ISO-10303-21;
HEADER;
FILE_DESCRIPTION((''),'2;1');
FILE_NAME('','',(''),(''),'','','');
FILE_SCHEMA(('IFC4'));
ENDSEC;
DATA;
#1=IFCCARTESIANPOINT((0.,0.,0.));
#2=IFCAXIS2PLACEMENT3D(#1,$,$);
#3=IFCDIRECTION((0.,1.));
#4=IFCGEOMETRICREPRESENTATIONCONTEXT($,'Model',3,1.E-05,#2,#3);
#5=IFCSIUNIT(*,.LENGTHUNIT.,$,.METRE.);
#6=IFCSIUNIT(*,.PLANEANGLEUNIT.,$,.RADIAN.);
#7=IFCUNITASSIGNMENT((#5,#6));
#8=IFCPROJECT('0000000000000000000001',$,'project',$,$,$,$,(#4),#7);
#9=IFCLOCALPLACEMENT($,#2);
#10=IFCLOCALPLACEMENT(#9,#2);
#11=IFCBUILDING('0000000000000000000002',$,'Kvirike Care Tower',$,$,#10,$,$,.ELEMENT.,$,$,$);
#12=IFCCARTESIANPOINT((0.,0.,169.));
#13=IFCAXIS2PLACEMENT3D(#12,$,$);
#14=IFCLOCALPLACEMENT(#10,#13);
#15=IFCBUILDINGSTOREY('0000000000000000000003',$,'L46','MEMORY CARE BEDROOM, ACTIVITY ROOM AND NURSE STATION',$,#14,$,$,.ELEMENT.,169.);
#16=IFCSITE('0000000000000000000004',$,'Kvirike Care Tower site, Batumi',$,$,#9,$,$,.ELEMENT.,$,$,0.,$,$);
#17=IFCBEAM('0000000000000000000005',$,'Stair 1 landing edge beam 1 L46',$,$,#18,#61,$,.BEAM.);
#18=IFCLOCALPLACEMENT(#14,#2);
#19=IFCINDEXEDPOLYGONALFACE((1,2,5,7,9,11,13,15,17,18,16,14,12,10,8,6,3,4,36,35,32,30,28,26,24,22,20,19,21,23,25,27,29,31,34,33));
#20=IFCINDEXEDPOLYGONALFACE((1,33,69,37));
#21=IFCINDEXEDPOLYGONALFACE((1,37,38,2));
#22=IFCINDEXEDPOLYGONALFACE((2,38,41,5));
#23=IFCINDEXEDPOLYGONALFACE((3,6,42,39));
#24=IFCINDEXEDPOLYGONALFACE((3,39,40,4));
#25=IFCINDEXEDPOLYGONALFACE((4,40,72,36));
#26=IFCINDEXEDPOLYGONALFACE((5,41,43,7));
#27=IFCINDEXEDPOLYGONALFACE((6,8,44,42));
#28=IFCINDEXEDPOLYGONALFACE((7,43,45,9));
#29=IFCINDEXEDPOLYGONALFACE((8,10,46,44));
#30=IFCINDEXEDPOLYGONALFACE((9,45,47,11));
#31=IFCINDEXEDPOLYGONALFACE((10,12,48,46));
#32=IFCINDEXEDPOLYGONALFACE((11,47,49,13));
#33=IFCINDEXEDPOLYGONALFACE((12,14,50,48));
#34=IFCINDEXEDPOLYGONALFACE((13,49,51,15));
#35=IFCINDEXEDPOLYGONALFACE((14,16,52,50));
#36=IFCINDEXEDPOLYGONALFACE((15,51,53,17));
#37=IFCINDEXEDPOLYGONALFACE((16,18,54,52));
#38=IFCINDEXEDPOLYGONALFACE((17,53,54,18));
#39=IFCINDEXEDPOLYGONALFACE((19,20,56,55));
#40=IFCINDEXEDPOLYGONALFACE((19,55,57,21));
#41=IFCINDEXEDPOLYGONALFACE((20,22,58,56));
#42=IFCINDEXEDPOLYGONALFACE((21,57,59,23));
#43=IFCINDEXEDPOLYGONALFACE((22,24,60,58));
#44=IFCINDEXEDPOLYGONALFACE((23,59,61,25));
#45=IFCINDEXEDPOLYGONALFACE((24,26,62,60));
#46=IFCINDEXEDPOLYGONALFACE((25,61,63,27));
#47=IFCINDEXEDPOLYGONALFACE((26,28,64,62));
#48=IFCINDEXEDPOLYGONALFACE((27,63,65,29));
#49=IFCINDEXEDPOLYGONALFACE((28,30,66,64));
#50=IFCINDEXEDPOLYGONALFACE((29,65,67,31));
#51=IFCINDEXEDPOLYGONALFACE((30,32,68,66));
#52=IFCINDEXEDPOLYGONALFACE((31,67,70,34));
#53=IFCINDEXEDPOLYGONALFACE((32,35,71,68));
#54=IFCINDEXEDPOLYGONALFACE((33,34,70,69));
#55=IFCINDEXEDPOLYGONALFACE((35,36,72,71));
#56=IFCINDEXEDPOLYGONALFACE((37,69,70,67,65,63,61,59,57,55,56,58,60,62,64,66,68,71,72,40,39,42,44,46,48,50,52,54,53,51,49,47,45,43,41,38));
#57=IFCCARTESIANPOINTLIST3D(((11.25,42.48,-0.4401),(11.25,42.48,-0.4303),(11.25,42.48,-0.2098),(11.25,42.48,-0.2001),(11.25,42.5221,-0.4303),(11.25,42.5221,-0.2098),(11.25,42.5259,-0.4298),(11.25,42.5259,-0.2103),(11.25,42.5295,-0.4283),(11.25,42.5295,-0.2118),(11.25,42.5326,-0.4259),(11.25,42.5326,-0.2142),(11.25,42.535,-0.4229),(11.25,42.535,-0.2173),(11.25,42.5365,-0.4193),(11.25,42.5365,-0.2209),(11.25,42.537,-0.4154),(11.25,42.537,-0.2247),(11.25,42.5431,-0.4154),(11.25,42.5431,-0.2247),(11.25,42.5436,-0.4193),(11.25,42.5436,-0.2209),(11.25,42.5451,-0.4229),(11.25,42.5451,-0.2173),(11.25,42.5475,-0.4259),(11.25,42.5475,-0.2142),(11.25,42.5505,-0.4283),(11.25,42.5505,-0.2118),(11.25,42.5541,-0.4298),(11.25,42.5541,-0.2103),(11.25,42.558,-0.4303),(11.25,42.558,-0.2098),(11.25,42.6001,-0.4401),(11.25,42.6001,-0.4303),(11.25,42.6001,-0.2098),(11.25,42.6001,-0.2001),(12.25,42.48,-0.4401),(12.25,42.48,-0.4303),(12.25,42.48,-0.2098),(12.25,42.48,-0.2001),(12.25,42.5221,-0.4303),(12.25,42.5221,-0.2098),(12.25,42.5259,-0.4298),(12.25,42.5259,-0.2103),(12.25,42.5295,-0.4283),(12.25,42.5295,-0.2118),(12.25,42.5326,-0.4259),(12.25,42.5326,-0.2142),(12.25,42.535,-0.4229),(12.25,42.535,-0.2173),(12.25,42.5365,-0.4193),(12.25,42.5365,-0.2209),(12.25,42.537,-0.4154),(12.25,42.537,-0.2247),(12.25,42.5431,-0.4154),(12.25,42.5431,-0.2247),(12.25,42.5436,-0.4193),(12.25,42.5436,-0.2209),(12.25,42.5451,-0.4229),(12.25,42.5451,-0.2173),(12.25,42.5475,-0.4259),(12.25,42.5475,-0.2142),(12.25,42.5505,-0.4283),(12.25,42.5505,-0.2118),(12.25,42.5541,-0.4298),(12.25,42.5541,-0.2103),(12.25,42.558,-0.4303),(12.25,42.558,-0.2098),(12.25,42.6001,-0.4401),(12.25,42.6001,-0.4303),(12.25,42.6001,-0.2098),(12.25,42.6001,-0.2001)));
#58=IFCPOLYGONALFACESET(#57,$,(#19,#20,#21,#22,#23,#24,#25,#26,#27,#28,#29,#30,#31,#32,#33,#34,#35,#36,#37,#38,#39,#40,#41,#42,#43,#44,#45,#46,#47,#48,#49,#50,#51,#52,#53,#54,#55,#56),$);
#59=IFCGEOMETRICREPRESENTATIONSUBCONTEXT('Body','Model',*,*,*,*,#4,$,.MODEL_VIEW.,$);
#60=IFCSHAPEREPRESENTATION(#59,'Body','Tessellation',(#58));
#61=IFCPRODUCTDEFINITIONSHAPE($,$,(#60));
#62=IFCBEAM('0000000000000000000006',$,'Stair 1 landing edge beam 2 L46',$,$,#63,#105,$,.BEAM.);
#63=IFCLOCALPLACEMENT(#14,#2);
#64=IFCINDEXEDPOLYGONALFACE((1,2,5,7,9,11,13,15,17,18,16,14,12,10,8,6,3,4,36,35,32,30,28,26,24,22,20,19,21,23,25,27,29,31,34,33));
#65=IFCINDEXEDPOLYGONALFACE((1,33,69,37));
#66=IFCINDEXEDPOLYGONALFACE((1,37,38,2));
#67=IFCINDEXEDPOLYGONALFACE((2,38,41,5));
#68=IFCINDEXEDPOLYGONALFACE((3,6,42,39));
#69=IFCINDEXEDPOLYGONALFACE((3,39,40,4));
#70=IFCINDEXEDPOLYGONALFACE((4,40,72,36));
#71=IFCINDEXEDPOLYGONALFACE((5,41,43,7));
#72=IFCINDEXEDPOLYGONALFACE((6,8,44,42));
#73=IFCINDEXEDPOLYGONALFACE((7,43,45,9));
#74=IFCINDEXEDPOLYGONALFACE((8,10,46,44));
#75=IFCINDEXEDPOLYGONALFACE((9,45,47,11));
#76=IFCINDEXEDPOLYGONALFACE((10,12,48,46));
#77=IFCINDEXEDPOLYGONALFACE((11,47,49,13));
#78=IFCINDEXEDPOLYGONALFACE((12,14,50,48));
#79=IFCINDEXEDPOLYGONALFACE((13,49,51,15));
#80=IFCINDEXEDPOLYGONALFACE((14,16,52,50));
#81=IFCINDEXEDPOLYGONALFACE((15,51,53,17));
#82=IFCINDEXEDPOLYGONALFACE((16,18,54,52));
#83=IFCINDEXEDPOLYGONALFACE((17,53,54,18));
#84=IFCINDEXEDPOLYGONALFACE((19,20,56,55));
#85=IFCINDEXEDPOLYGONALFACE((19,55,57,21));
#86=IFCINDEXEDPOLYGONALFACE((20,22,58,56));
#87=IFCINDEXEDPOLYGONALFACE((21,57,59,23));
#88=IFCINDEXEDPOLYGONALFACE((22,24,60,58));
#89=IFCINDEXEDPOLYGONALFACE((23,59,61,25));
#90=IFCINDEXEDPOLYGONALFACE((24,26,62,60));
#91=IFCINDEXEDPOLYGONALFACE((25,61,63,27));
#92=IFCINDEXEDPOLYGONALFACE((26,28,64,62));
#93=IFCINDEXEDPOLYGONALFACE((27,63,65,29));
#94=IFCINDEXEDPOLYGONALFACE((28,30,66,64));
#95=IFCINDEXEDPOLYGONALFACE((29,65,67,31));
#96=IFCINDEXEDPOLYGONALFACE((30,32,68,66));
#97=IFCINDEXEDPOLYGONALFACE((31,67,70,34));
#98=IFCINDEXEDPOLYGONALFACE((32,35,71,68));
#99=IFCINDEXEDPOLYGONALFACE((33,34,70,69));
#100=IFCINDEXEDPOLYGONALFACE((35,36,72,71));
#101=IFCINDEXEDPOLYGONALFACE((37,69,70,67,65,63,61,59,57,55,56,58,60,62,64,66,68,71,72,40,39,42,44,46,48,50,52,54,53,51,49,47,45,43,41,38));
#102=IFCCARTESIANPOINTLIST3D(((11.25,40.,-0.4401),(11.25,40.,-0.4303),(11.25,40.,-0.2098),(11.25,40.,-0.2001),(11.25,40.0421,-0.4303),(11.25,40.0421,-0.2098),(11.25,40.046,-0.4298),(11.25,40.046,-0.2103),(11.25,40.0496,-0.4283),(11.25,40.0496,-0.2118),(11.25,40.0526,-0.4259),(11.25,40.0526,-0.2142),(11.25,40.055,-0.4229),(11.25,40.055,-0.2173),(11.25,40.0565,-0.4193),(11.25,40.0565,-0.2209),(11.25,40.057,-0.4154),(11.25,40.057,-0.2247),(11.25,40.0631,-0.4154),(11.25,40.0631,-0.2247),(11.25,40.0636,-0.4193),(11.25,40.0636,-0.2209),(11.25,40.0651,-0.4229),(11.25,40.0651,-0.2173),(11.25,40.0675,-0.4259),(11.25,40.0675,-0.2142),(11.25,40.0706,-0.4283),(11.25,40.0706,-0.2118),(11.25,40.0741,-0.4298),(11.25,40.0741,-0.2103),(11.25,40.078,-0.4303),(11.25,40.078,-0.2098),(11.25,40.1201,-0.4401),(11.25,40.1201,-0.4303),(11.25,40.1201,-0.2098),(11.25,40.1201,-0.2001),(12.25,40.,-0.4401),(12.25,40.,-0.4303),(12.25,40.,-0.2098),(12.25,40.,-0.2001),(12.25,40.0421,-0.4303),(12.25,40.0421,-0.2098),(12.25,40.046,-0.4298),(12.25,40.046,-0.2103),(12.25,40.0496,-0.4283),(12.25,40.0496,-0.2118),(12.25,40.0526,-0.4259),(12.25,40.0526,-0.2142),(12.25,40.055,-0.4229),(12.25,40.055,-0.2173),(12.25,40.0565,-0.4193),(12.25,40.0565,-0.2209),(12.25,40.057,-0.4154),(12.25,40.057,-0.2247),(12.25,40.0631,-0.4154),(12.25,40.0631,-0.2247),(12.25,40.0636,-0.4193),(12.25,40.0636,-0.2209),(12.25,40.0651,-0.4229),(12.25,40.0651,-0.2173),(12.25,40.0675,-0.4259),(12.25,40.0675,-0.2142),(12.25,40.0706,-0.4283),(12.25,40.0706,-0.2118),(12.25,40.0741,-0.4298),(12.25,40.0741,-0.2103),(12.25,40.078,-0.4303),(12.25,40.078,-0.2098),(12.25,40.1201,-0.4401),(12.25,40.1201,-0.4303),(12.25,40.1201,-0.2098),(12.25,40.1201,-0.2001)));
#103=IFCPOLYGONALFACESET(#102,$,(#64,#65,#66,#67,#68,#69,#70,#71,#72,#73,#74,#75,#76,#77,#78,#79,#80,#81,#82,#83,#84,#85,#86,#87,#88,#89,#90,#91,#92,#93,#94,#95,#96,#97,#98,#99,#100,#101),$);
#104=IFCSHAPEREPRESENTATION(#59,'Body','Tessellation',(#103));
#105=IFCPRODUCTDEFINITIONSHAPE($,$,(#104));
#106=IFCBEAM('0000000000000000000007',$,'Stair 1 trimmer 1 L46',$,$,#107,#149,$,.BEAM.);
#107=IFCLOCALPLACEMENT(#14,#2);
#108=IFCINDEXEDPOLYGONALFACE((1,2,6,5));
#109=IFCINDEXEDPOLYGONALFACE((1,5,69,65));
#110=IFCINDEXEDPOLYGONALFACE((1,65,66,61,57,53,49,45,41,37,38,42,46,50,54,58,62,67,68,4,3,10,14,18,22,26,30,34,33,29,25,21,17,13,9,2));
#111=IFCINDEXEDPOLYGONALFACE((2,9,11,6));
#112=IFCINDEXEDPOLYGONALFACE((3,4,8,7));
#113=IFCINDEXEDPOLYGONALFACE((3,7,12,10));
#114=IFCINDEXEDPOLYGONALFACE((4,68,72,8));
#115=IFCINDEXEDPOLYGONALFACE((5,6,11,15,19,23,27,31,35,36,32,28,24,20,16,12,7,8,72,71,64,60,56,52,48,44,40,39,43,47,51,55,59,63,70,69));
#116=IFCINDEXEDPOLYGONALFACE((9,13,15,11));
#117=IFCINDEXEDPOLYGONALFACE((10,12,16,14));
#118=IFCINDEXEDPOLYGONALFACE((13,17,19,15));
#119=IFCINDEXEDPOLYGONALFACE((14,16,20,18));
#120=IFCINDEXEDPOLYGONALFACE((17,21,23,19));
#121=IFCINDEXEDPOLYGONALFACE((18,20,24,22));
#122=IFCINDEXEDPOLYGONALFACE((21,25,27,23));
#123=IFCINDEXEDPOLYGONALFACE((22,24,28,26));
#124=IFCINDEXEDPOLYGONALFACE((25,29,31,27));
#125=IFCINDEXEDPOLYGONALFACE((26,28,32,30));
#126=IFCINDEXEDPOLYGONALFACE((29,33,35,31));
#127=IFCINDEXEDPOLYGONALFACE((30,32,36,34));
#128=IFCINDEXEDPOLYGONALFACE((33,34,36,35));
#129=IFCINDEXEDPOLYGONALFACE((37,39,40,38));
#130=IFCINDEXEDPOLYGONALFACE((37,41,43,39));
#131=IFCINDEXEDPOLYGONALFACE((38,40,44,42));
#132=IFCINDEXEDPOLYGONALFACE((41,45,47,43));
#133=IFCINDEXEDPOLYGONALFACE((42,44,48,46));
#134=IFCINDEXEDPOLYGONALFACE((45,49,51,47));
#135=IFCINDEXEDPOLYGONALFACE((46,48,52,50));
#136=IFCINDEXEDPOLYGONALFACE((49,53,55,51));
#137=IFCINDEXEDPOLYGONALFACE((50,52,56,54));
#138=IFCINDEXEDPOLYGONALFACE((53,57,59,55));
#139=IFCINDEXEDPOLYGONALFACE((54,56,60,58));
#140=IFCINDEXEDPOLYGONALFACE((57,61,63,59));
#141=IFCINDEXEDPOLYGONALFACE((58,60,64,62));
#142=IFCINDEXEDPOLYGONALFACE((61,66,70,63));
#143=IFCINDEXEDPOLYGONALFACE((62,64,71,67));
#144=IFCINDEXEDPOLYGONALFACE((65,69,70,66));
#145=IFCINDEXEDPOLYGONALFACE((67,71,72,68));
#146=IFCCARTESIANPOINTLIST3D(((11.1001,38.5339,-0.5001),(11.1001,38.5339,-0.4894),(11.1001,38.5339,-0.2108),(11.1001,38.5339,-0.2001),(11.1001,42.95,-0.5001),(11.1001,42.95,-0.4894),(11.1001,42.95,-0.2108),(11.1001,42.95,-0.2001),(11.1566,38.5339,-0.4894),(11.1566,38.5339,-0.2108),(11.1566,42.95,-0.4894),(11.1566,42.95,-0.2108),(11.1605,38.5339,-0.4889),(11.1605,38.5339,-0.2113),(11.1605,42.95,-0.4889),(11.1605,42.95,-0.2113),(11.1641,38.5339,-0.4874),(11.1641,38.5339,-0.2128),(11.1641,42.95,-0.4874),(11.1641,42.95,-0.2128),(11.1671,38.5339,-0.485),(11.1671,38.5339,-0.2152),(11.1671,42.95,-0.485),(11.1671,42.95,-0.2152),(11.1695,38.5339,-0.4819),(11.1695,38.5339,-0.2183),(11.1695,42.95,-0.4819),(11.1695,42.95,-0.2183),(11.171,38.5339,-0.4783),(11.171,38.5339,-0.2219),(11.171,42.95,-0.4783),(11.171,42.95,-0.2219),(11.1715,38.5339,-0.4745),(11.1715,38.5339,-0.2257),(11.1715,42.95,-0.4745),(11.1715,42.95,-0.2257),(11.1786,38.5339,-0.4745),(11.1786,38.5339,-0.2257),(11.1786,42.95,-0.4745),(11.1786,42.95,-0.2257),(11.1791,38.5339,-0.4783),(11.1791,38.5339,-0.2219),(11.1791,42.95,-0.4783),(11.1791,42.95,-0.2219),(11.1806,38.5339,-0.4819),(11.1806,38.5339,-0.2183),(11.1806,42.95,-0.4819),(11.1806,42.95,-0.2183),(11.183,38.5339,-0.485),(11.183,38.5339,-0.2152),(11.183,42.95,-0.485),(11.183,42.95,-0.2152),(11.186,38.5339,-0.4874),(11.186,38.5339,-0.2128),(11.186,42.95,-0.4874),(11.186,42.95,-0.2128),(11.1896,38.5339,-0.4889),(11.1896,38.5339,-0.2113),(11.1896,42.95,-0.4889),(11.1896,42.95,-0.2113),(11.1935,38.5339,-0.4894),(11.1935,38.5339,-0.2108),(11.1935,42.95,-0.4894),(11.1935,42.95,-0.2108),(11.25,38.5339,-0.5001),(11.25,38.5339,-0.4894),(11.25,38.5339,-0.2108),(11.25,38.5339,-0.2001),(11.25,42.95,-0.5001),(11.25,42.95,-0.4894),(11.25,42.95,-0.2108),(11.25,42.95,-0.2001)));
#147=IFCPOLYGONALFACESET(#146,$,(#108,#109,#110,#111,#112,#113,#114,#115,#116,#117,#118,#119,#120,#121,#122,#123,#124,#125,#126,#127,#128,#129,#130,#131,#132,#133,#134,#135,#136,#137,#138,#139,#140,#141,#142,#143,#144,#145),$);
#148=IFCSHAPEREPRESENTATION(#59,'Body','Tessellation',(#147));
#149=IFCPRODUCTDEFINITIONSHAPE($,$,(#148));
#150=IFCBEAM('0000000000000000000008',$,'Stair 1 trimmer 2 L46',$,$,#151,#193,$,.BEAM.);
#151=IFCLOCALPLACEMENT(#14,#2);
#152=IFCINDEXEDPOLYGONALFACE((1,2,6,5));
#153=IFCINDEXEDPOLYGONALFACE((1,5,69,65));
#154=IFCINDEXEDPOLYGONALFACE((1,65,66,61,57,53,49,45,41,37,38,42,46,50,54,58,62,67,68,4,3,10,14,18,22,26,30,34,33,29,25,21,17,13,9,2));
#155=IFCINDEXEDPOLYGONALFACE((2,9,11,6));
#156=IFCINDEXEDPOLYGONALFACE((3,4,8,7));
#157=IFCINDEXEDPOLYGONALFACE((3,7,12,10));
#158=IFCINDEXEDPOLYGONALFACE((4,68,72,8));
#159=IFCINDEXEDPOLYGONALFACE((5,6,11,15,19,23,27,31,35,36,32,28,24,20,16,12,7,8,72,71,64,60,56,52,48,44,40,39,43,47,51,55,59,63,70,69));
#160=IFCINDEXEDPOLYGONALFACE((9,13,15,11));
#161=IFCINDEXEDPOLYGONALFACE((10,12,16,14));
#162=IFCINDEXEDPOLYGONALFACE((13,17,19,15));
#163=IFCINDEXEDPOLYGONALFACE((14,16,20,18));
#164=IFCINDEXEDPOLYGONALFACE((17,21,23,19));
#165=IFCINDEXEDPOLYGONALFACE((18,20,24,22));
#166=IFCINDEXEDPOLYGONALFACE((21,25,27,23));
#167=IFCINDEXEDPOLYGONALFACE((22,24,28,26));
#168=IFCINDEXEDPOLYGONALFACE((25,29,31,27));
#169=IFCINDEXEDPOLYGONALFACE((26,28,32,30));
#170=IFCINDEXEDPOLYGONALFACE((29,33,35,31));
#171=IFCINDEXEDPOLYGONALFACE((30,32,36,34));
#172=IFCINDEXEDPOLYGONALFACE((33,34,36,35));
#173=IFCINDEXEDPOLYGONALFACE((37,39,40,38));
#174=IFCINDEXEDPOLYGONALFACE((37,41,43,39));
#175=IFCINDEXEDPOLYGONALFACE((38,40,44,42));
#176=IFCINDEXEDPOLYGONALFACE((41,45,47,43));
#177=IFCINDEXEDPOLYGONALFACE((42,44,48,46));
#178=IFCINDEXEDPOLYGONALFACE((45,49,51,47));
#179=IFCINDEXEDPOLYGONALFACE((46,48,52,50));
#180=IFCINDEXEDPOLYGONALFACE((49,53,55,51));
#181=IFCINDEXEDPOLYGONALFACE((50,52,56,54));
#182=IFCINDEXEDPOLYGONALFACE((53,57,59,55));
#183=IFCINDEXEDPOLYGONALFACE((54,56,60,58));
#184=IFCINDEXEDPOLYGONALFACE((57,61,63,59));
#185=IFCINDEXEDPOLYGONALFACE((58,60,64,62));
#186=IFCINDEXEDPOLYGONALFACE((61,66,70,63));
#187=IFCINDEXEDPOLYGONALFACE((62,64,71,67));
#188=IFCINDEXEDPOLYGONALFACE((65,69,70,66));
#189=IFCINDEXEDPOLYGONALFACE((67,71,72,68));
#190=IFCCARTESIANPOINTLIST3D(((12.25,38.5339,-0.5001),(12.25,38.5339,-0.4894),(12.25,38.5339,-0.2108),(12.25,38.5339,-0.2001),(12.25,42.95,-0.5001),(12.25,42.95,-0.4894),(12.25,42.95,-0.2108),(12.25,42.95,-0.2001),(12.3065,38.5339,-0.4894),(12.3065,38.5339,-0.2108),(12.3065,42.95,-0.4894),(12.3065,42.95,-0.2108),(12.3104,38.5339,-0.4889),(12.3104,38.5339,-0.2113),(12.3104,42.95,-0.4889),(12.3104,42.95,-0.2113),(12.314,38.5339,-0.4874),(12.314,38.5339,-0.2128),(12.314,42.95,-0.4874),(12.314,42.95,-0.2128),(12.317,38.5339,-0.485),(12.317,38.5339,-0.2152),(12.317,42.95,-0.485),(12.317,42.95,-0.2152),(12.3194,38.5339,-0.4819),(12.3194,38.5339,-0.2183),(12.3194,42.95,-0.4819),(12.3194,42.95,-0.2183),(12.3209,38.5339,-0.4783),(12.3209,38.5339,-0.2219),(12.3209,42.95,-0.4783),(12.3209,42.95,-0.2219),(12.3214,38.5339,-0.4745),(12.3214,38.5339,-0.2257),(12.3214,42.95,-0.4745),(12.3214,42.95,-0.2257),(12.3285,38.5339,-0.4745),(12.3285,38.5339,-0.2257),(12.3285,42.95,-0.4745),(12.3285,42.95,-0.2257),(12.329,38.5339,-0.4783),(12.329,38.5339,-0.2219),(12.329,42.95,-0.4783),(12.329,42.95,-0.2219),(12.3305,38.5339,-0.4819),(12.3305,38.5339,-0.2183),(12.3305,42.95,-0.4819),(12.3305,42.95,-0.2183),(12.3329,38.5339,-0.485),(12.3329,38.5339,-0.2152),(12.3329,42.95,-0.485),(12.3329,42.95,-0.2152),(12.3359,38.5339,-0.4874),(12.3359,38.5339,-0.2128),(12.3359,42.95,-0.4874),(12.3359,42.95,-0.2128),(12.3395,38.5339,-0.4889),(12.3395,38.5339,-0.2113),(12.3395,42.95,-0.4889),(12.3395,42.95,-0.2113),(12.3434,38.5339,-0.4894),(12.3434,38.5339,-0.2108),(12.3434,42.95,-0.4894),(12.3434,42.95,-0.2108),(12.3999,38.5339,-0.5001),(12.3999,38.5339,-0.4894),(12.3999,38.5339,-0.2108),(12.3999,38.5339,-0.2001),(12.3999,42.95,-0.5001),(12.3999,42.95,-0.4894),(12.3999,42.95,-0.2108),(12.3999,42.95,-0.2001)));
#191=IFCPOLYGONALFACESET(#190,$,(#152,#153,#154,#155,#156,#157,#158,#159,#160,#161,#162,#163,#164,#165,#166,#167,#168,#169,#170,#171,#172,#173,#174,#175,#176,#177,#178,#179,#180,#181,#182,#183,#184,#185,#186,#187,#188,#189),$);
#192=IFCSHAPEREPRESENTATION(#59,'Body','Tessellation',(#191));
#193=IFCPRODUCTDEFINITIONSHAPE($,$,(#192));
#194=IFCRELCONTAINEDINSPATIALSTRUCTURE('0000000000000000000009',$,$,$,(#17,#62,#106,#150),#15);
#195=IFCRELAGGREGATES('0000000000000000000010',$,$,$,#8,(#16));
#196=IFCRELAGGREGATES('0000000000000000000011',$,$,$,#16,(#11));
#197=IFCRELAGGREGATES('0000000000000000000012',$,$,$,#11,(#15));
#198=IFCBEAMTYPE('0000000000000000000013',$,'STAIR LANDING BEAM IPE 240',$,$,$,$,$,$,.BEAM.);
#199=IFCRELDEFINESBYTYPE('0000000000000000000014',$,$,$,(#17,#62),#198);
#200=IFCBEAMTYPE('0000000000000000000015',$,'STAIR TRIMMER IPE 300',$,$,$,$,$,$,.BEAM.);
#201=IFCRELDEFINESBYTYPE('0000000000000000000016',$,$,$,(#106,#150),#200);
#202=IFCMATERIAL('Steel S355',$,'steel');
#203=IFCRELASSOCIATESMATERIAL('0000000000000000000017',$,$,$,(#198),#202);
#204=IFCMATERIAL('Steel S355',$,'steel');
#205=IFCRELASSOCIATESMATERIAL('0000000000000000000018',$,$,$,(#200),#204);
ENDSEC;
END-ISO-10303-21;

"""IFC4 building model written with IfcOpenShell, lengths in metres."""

from ifc_helpers import new_model, si_unit, direction, frame, origin, origin_2d, place, context, subcontext, project, spatial, i_section, extrude, material, material_profile, profile_set, type_object, element, save


model = new_model("IFC4")

# Units and contexts
model_context = context("Model", 3, precision=1e-05, world=origin(), true_north=direction((0.0, 1.0)))
body_context = subcontext(model_context, "Body", "Model", "MODEL_VIEW")
ifc_project = project(units=[si_unit("LENGTHUNIT", "METRE"), si_unit("PLANEANGLEUNIT", "RADIAN")], contexts=[model_context])

# Site, building, storey
site_placement = place(None, origin())
site = spatial("IfcSite", under=ifc_project, at=site_placement, Name="Kvirike Care Tower site, Batumi", CompositionType="ELEMENT", RefElevation=0.0)
building_placement = place(site_placement, origin())
building = spatial("IfcBuilding", under=site, at=building_placement, Name="Kvirike Care Tower", CompositionType="ELEMENT")
storey_placement = place(building_placement, frame((0.0, 0.0, 169.0)))
storey = spatial("IfcBuildingStorey", under=building, at=storey_placement, Name="L46", Description="MEMORY CARE BEDROOM, ACTIVITY ROOM AND NURSE STATION", CompositionType="ELEMENT", Elevation=169.0)

# Beams
ifc_material_1 = material(Name="Steel S355", Category="steel")
ifc_material_profile_1 = material_profile(ifc_material_1, i_section(OverallWidth=0.1201, OverallDepth=0.24, WebThickness=0.0061, FlangeThickness=0.0098, FilletRadius=0.0149, at=origin_2d()), Name="IPE 240")
ifc_profile_set_1 = profile_set([ifc_material_profile_1], Name="Steel S355")
beam_type_1 = type_object("IfcBeamType", Name="STAIR LANDING BEAM IPE 240", PredefinedType="BEAM", material=ifc_profile_set_1)
for number, where, z_axis, x_axis, name in (
    (1, (11.25, 42.54, -0.3201), (1.0, 0.0, 0.0), (0.0, 1.0, 0.0), "Stair 1 landing edge beam 1 L46"),
    (2, (11.25, 40.0601, -0.3201), (1.0, 0.0, 0.0), (0.0, 1.0, 0.0), "Stair 1 landing edge beam 2 L46"),
):
    element("IfcBeam", number, at=place(storey_placement, frame(where, z_axis=z_axis, x_axis=x_axis)), inside=storey, type_object=beam_type_1, Name=name, PredefinedType="BEAM", context=body_context, shape_type="SweptSolid", body=[
        extrude(i_section(OverallWidth=0.1201, OverallDepth=0.24, WebThickness=0.0061, FlangeThickness=0.0098, FilletRadius=0.0149, at=origin_2d()), origin(), (0.0, 0.0, 1.0), 1.0),
    ])
ifc_material_2 = material(Name="Steel S355", Category="steel")
ifc_material_profile_2 = material_profile(ifc_material_2, i_section(OverallWidth=0.1499, OverallDepth=0.3, WebThickness=0.0071, FlangeThickness=0.0107, FilletRadius=0.0149, at=origin_2d()), Name="IPE 300")
ifc_profile_set_2 = profile_set([ifc_material_profile_2], Name="Steel S355")
beam_type_2 = type_object("IfcBeamType", Name="STAIR TRIMMER IPE 300", PredefinedType="BEAM", material=ifc_profile_set_2)
for number, where, z_axis, x_axis, name in (
    (3, (11.175, 42.95, -0.3501), (0.0, -1.0, 0.0), (1.0, 0.0, 0.0), "Stair 1 trimmer 1 L46"),
    (4, (12.325, 42.95, -0.3501), (0.0, -1.0, 0.0), (1.0, 0.0, 0.0), "Stair 1 trimmer 2 L46"),
):
    element("IfcBeam", number, at=place(storey_placement, frame(where, z_axis=z_axis, x_axis=x_axis)), inside=storey, type_object=beam_type_2, Name=name, PredefinedType="BEAM", context=body_context, shape_type="SweptSolid", body=[
        extrude(i_section(OverallWidth=0.1499, OverallDepth=0.3, WebThickness=0.0071, FlangeThickness=0.0107, FilletRadius=0.0149, at=origin_2d()), origin(), (0.0, 0.0, 1.0), 4.416),
    ])

save(model, "model.ifc")
